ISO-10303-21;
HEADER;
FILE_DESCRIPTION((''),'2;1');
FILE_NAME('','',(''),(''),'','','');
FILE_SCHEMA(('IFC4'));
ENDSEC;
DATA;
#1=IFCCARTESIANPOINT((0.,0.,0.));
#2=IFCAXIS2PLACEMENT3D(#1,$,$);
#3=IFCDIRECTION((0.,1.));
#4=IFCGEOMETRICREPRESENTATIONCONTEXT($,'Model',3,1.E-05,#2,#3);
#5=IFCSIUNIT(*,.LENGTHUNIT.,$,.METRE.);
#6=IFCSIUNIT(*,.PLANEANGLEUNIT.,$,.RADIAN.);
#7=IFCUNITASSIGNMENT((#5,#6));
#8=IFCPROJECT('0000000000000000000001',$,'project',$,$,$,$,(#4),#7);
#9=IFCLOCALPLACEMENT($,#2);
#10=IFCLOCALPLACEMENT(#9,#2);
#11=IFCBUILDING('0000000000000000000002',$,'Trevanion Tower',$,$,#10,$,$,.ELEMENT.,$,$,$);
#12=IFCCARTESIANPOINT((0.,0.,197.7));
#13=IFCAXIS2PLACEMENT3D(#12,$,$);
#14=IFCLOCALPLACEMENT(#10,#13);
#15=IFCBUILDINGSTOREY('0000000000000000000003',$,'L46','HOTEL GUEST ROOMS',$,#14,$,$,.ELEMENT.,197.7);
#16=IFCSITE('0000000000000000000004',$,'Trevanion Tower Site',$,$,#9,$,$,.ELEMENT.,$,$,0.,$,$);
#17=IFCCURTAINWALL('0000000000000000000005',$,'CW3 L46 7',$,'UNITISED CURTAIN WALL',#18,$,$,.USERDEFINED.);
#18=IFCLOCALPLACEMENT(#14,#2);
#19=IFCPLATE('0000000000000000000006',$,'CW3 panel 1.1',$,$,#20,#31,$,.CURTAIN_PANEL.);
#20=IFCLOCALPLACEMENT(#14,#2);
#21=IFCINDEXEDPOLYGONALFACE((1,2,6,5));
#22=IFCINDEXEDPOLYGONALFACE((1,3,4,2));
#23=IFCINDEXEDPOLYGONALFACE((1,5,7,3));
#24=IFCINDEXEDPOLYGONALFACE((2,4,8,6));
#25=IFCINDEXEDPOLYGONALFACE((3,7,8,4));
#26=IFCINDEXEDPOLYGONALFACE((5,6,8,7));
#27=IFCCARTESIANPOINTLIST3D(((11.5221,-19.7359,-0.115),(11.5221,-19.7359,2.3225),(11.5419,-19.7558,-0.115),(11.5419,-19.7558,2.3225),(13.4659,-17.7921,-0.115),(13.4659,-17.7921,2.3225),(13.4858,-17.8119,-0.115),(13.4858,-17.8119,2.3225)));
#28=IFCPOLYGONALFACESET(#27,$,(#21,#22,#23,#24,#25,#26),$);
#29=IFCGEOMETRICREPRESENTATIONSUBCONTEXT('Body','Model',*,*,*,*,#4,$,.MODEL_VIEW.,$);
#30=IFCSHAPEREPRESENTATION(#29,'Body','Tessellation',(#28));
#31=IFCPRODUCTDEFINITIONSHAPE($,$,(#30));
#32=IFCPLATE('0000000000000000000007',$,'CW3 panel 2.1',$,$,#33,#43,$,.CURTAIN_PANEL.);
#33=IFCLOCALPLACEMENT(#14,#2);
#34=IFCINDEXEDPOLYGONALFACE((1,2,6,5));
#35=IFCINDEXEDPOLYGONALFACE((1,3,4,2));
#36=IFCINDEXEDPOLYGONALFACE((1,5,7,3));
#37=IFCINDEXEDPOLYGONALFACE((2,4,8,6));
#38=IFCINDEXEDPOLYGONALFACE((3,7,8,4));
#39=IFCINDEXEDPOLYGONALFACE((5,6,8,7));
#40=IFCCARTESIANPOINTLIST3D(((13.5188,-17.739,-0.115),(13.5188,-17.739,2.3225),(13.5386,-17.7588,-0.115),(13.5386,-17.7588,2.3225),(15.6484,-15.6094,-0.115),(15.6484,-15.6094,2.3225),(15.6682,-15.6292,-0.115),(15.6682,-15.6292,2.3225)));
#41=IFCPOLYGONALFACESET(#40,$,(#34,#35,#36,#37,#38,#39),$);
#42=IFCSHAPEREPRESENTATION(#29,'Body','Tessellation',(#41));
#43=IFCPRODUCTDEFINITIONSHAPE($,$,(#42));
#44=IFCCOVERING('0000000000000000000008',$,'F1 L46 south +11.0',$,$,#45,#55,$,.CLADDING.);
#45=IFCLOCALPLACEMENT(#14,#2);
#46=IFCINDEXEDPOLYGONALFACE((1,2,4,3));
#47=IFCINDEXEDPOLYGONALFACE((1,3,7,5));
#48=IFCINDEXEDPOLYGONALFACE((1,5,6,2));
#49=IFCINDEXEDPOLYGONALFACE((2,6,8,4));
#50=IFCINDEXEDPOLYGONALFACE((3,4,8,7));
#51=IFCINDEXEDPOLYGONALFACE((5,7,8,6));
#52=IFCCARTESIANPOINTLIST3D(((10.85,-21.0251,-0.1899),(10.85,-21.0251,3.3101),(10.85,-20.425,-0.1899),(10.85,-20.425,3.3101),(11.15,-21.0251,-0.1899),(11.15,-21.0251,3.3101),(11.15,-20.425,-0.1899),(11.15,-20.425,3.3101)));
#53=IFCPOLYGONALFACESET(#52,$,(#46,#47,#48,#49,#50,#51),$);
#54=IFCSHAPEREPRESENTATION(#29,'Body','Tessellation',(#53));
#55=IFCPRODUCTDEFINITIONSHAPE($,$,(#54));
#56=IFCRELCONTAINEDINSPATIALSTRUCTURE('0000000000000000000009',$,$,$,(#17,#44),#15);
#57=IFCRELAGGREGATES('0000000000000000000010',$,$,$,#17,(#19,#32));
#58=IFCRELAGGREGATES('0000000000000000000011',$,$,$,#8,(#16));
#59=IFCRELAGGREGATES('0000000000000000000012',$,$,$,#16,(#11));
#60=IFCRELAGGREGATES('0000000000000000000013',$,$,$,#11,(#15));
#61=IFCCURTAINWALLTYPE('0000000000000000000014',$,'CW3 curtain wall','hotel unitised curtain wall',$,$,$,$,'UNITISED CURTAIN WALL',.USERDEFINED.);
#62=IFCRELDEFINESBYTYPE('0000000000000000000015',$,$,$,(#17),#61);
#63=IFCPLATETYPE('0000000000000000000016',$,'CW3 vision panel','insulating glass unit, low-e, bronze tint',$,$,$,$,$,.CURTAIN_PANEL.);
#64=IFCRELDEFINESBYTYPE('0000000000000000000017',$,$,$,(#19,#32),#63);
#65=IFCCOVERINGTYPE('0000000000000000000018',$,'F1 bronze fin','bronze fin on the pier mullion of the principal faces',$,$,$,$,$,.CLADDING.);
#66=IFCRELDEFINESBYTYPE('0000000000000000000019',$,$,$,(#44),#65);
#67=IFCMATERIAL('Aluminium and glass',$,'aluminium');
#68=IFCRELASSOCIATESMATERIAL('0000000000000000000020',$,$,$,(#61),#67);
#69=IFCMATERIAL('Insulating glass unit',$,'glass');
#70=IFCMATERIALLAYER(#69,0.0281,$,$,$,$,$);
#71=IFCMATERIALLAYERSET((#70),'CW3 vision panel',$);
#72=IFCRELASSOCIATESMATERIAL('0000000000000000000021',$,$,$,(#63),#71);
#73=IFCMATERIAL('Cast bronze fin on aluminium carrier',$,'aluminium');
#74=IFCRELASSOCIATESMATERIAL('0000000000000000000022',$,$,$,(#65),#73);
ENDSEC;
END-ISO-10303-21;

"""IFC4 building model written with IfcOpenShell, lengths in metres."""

from ifc_helpers import new_model, si_unit, direction, frame, origin, origin_2d, place, context, subcontext, project, spatial, rectangle, extrude, material, layer, layer_set, type_object, element, aggregate, save


model = new_model("IFC4")

# Units and contexts
model_context = context("Model", 3, precision=1e-05, world=origin(), true_north=direction((0.0, 1.0)))
body_context = subcontext(model_context, "Body", "Model", "MODEL_VIEW")
ifc_project = project(units=[si_unit("LENGTHUNIT", "METRE"), si_unit("PLANEANGLEUNIT", "RADIAN")], contexts=[model_context])

# Site, building, storey
site_placement = place(None, origin())
site = spatial("IfcSite", under=ifc_project, at=site_placement, Name="Trevanion Tower Site", CompositionType="ELEMENT", RefElevation=0.0)
building_placement = place(site_placement, origin())
building = spatial("IfcBuilding", under=site, at=building_placement, Name="Trevanion Tower", CompositionType="ELEMENT")
storey_placement = place(building_placement, frame((0.0, 0.0, 197.7)))
storey = spatial("IfcBuildingStorey", under=building, at=storey_placement, Name="L46", Description="HOTEL GUEST ROOMS", CompositionType="ELEMENT", Elevation=197.7)

# Curtain wall
ifc_material_1 = material(Name="Aluminium and glass", Category="aluminium")
curtain_wall_type = type_object("IfcCurtainWallType", Name="CW3 curtain wall", Description="hotel unitised curtain wall", ElementType="UNITISED CURTAIN WALL", PredefinedType="USERDEFINED", material=ifc_material_1)
curtain_wall_1_placement = place(storey_placement, origin())
curtain_wall_1 = element("IfcCurtainWall", 1, at=curtain_wall_1_placement, inside=storey, type_object=curtain_wall_type, Name="CW3 L46 7", ObjectType="UNITISED CURTAIN WALL", PredefinedType="USERDEFINED")

# Plates
ifc_material_2 = material(Name="Insulating glass unit", Category="glass")
ifc_layer_1 = layer(ifc_material_2, 0.0281)
ifc_layer_set_1 = layer_set([ifc_layer_1], Name="CW3 vision panel")
plate_type_1 = type_object("IfcPlateType", Name="CW3 vision panel", Description="insulating glass unit, low-e, bronze tint", PredefinedType="CURTAIN_PANEL", material=ifc_layer_set_1)
plate_1_placement = place(storey_placement, frame((12.5039, -18.7739, -0.115), z_axis=(0.0, 0.0, 1.0), x_axis=(0.707107, 0.707107, 0.0)))
plate_1 = element("IfcPlate", 2, at=plate_1_placement, type_object=plate_type_1, Name="CW3 panel 1.1", PredefinedType="CURTAIN_PANEL", context=body_context, shape_type="SweptSolid", body=[
    extrude(rectangle(XDim=2.749, YDim=0.0281, at=origin_2d()), origin(), (0.0, 0.0, 1.0), 2.4375),
])
plate_2_placement = place(storey_placement, frame((14.5935, -16.6841, -0.115), z_axis=(0.0, 0.0, 1.0), x_axis=(0.707107, 0.707107, 0.0)))
plate_2 = element("IfcPlate", 3, at=plate_2_placement, type_object=plate_type_1, Name="CW3 panel 2.1", PredefinedType="CURTAIN_PANEL", context=body_context, shape_type="SweptSolid", body=[
    extrude(rectangle(XDim=3.0117, YDim=0.0281, at=origin_2d()), origin(), (0.0, 0.0, 1.0), 2.4375),
])
aggregate(curtain_wall_1, [plate_1, plate_2])

# Covering
ifc_material_3 = material(Name="Cast bronze fin on aluminium carrier", Category="aluminium")
covering_type = type_object("IfcCoveringType", Name="F1 bronze fin", Description="bronze fin on the pier mullion of the principal faces", PredefinedType="CLADDING", material=ifc_material_3)
covering_placement = place(storey_placement, frame((11.0, -20.7251, -0.1899), z_axis=(0.0, 0.0, 1.0), x_axis=(1.0, 0.0, 0.0)))
element("IfcCovering", 4, at=covering_placement, inside=storey, type_object=covering_type, Name="F1 L46 south +11.0", PredefinedType="CLADDING", context=body_context, shape_type="SweptSolid", body=[
    extrude(rectangle(XDim=0.3, YDim=0.6001, at=origin_2d()), origin(), (0.0, 0.0, 1.0), 3.5),
])

save(model, "model.ifc")
